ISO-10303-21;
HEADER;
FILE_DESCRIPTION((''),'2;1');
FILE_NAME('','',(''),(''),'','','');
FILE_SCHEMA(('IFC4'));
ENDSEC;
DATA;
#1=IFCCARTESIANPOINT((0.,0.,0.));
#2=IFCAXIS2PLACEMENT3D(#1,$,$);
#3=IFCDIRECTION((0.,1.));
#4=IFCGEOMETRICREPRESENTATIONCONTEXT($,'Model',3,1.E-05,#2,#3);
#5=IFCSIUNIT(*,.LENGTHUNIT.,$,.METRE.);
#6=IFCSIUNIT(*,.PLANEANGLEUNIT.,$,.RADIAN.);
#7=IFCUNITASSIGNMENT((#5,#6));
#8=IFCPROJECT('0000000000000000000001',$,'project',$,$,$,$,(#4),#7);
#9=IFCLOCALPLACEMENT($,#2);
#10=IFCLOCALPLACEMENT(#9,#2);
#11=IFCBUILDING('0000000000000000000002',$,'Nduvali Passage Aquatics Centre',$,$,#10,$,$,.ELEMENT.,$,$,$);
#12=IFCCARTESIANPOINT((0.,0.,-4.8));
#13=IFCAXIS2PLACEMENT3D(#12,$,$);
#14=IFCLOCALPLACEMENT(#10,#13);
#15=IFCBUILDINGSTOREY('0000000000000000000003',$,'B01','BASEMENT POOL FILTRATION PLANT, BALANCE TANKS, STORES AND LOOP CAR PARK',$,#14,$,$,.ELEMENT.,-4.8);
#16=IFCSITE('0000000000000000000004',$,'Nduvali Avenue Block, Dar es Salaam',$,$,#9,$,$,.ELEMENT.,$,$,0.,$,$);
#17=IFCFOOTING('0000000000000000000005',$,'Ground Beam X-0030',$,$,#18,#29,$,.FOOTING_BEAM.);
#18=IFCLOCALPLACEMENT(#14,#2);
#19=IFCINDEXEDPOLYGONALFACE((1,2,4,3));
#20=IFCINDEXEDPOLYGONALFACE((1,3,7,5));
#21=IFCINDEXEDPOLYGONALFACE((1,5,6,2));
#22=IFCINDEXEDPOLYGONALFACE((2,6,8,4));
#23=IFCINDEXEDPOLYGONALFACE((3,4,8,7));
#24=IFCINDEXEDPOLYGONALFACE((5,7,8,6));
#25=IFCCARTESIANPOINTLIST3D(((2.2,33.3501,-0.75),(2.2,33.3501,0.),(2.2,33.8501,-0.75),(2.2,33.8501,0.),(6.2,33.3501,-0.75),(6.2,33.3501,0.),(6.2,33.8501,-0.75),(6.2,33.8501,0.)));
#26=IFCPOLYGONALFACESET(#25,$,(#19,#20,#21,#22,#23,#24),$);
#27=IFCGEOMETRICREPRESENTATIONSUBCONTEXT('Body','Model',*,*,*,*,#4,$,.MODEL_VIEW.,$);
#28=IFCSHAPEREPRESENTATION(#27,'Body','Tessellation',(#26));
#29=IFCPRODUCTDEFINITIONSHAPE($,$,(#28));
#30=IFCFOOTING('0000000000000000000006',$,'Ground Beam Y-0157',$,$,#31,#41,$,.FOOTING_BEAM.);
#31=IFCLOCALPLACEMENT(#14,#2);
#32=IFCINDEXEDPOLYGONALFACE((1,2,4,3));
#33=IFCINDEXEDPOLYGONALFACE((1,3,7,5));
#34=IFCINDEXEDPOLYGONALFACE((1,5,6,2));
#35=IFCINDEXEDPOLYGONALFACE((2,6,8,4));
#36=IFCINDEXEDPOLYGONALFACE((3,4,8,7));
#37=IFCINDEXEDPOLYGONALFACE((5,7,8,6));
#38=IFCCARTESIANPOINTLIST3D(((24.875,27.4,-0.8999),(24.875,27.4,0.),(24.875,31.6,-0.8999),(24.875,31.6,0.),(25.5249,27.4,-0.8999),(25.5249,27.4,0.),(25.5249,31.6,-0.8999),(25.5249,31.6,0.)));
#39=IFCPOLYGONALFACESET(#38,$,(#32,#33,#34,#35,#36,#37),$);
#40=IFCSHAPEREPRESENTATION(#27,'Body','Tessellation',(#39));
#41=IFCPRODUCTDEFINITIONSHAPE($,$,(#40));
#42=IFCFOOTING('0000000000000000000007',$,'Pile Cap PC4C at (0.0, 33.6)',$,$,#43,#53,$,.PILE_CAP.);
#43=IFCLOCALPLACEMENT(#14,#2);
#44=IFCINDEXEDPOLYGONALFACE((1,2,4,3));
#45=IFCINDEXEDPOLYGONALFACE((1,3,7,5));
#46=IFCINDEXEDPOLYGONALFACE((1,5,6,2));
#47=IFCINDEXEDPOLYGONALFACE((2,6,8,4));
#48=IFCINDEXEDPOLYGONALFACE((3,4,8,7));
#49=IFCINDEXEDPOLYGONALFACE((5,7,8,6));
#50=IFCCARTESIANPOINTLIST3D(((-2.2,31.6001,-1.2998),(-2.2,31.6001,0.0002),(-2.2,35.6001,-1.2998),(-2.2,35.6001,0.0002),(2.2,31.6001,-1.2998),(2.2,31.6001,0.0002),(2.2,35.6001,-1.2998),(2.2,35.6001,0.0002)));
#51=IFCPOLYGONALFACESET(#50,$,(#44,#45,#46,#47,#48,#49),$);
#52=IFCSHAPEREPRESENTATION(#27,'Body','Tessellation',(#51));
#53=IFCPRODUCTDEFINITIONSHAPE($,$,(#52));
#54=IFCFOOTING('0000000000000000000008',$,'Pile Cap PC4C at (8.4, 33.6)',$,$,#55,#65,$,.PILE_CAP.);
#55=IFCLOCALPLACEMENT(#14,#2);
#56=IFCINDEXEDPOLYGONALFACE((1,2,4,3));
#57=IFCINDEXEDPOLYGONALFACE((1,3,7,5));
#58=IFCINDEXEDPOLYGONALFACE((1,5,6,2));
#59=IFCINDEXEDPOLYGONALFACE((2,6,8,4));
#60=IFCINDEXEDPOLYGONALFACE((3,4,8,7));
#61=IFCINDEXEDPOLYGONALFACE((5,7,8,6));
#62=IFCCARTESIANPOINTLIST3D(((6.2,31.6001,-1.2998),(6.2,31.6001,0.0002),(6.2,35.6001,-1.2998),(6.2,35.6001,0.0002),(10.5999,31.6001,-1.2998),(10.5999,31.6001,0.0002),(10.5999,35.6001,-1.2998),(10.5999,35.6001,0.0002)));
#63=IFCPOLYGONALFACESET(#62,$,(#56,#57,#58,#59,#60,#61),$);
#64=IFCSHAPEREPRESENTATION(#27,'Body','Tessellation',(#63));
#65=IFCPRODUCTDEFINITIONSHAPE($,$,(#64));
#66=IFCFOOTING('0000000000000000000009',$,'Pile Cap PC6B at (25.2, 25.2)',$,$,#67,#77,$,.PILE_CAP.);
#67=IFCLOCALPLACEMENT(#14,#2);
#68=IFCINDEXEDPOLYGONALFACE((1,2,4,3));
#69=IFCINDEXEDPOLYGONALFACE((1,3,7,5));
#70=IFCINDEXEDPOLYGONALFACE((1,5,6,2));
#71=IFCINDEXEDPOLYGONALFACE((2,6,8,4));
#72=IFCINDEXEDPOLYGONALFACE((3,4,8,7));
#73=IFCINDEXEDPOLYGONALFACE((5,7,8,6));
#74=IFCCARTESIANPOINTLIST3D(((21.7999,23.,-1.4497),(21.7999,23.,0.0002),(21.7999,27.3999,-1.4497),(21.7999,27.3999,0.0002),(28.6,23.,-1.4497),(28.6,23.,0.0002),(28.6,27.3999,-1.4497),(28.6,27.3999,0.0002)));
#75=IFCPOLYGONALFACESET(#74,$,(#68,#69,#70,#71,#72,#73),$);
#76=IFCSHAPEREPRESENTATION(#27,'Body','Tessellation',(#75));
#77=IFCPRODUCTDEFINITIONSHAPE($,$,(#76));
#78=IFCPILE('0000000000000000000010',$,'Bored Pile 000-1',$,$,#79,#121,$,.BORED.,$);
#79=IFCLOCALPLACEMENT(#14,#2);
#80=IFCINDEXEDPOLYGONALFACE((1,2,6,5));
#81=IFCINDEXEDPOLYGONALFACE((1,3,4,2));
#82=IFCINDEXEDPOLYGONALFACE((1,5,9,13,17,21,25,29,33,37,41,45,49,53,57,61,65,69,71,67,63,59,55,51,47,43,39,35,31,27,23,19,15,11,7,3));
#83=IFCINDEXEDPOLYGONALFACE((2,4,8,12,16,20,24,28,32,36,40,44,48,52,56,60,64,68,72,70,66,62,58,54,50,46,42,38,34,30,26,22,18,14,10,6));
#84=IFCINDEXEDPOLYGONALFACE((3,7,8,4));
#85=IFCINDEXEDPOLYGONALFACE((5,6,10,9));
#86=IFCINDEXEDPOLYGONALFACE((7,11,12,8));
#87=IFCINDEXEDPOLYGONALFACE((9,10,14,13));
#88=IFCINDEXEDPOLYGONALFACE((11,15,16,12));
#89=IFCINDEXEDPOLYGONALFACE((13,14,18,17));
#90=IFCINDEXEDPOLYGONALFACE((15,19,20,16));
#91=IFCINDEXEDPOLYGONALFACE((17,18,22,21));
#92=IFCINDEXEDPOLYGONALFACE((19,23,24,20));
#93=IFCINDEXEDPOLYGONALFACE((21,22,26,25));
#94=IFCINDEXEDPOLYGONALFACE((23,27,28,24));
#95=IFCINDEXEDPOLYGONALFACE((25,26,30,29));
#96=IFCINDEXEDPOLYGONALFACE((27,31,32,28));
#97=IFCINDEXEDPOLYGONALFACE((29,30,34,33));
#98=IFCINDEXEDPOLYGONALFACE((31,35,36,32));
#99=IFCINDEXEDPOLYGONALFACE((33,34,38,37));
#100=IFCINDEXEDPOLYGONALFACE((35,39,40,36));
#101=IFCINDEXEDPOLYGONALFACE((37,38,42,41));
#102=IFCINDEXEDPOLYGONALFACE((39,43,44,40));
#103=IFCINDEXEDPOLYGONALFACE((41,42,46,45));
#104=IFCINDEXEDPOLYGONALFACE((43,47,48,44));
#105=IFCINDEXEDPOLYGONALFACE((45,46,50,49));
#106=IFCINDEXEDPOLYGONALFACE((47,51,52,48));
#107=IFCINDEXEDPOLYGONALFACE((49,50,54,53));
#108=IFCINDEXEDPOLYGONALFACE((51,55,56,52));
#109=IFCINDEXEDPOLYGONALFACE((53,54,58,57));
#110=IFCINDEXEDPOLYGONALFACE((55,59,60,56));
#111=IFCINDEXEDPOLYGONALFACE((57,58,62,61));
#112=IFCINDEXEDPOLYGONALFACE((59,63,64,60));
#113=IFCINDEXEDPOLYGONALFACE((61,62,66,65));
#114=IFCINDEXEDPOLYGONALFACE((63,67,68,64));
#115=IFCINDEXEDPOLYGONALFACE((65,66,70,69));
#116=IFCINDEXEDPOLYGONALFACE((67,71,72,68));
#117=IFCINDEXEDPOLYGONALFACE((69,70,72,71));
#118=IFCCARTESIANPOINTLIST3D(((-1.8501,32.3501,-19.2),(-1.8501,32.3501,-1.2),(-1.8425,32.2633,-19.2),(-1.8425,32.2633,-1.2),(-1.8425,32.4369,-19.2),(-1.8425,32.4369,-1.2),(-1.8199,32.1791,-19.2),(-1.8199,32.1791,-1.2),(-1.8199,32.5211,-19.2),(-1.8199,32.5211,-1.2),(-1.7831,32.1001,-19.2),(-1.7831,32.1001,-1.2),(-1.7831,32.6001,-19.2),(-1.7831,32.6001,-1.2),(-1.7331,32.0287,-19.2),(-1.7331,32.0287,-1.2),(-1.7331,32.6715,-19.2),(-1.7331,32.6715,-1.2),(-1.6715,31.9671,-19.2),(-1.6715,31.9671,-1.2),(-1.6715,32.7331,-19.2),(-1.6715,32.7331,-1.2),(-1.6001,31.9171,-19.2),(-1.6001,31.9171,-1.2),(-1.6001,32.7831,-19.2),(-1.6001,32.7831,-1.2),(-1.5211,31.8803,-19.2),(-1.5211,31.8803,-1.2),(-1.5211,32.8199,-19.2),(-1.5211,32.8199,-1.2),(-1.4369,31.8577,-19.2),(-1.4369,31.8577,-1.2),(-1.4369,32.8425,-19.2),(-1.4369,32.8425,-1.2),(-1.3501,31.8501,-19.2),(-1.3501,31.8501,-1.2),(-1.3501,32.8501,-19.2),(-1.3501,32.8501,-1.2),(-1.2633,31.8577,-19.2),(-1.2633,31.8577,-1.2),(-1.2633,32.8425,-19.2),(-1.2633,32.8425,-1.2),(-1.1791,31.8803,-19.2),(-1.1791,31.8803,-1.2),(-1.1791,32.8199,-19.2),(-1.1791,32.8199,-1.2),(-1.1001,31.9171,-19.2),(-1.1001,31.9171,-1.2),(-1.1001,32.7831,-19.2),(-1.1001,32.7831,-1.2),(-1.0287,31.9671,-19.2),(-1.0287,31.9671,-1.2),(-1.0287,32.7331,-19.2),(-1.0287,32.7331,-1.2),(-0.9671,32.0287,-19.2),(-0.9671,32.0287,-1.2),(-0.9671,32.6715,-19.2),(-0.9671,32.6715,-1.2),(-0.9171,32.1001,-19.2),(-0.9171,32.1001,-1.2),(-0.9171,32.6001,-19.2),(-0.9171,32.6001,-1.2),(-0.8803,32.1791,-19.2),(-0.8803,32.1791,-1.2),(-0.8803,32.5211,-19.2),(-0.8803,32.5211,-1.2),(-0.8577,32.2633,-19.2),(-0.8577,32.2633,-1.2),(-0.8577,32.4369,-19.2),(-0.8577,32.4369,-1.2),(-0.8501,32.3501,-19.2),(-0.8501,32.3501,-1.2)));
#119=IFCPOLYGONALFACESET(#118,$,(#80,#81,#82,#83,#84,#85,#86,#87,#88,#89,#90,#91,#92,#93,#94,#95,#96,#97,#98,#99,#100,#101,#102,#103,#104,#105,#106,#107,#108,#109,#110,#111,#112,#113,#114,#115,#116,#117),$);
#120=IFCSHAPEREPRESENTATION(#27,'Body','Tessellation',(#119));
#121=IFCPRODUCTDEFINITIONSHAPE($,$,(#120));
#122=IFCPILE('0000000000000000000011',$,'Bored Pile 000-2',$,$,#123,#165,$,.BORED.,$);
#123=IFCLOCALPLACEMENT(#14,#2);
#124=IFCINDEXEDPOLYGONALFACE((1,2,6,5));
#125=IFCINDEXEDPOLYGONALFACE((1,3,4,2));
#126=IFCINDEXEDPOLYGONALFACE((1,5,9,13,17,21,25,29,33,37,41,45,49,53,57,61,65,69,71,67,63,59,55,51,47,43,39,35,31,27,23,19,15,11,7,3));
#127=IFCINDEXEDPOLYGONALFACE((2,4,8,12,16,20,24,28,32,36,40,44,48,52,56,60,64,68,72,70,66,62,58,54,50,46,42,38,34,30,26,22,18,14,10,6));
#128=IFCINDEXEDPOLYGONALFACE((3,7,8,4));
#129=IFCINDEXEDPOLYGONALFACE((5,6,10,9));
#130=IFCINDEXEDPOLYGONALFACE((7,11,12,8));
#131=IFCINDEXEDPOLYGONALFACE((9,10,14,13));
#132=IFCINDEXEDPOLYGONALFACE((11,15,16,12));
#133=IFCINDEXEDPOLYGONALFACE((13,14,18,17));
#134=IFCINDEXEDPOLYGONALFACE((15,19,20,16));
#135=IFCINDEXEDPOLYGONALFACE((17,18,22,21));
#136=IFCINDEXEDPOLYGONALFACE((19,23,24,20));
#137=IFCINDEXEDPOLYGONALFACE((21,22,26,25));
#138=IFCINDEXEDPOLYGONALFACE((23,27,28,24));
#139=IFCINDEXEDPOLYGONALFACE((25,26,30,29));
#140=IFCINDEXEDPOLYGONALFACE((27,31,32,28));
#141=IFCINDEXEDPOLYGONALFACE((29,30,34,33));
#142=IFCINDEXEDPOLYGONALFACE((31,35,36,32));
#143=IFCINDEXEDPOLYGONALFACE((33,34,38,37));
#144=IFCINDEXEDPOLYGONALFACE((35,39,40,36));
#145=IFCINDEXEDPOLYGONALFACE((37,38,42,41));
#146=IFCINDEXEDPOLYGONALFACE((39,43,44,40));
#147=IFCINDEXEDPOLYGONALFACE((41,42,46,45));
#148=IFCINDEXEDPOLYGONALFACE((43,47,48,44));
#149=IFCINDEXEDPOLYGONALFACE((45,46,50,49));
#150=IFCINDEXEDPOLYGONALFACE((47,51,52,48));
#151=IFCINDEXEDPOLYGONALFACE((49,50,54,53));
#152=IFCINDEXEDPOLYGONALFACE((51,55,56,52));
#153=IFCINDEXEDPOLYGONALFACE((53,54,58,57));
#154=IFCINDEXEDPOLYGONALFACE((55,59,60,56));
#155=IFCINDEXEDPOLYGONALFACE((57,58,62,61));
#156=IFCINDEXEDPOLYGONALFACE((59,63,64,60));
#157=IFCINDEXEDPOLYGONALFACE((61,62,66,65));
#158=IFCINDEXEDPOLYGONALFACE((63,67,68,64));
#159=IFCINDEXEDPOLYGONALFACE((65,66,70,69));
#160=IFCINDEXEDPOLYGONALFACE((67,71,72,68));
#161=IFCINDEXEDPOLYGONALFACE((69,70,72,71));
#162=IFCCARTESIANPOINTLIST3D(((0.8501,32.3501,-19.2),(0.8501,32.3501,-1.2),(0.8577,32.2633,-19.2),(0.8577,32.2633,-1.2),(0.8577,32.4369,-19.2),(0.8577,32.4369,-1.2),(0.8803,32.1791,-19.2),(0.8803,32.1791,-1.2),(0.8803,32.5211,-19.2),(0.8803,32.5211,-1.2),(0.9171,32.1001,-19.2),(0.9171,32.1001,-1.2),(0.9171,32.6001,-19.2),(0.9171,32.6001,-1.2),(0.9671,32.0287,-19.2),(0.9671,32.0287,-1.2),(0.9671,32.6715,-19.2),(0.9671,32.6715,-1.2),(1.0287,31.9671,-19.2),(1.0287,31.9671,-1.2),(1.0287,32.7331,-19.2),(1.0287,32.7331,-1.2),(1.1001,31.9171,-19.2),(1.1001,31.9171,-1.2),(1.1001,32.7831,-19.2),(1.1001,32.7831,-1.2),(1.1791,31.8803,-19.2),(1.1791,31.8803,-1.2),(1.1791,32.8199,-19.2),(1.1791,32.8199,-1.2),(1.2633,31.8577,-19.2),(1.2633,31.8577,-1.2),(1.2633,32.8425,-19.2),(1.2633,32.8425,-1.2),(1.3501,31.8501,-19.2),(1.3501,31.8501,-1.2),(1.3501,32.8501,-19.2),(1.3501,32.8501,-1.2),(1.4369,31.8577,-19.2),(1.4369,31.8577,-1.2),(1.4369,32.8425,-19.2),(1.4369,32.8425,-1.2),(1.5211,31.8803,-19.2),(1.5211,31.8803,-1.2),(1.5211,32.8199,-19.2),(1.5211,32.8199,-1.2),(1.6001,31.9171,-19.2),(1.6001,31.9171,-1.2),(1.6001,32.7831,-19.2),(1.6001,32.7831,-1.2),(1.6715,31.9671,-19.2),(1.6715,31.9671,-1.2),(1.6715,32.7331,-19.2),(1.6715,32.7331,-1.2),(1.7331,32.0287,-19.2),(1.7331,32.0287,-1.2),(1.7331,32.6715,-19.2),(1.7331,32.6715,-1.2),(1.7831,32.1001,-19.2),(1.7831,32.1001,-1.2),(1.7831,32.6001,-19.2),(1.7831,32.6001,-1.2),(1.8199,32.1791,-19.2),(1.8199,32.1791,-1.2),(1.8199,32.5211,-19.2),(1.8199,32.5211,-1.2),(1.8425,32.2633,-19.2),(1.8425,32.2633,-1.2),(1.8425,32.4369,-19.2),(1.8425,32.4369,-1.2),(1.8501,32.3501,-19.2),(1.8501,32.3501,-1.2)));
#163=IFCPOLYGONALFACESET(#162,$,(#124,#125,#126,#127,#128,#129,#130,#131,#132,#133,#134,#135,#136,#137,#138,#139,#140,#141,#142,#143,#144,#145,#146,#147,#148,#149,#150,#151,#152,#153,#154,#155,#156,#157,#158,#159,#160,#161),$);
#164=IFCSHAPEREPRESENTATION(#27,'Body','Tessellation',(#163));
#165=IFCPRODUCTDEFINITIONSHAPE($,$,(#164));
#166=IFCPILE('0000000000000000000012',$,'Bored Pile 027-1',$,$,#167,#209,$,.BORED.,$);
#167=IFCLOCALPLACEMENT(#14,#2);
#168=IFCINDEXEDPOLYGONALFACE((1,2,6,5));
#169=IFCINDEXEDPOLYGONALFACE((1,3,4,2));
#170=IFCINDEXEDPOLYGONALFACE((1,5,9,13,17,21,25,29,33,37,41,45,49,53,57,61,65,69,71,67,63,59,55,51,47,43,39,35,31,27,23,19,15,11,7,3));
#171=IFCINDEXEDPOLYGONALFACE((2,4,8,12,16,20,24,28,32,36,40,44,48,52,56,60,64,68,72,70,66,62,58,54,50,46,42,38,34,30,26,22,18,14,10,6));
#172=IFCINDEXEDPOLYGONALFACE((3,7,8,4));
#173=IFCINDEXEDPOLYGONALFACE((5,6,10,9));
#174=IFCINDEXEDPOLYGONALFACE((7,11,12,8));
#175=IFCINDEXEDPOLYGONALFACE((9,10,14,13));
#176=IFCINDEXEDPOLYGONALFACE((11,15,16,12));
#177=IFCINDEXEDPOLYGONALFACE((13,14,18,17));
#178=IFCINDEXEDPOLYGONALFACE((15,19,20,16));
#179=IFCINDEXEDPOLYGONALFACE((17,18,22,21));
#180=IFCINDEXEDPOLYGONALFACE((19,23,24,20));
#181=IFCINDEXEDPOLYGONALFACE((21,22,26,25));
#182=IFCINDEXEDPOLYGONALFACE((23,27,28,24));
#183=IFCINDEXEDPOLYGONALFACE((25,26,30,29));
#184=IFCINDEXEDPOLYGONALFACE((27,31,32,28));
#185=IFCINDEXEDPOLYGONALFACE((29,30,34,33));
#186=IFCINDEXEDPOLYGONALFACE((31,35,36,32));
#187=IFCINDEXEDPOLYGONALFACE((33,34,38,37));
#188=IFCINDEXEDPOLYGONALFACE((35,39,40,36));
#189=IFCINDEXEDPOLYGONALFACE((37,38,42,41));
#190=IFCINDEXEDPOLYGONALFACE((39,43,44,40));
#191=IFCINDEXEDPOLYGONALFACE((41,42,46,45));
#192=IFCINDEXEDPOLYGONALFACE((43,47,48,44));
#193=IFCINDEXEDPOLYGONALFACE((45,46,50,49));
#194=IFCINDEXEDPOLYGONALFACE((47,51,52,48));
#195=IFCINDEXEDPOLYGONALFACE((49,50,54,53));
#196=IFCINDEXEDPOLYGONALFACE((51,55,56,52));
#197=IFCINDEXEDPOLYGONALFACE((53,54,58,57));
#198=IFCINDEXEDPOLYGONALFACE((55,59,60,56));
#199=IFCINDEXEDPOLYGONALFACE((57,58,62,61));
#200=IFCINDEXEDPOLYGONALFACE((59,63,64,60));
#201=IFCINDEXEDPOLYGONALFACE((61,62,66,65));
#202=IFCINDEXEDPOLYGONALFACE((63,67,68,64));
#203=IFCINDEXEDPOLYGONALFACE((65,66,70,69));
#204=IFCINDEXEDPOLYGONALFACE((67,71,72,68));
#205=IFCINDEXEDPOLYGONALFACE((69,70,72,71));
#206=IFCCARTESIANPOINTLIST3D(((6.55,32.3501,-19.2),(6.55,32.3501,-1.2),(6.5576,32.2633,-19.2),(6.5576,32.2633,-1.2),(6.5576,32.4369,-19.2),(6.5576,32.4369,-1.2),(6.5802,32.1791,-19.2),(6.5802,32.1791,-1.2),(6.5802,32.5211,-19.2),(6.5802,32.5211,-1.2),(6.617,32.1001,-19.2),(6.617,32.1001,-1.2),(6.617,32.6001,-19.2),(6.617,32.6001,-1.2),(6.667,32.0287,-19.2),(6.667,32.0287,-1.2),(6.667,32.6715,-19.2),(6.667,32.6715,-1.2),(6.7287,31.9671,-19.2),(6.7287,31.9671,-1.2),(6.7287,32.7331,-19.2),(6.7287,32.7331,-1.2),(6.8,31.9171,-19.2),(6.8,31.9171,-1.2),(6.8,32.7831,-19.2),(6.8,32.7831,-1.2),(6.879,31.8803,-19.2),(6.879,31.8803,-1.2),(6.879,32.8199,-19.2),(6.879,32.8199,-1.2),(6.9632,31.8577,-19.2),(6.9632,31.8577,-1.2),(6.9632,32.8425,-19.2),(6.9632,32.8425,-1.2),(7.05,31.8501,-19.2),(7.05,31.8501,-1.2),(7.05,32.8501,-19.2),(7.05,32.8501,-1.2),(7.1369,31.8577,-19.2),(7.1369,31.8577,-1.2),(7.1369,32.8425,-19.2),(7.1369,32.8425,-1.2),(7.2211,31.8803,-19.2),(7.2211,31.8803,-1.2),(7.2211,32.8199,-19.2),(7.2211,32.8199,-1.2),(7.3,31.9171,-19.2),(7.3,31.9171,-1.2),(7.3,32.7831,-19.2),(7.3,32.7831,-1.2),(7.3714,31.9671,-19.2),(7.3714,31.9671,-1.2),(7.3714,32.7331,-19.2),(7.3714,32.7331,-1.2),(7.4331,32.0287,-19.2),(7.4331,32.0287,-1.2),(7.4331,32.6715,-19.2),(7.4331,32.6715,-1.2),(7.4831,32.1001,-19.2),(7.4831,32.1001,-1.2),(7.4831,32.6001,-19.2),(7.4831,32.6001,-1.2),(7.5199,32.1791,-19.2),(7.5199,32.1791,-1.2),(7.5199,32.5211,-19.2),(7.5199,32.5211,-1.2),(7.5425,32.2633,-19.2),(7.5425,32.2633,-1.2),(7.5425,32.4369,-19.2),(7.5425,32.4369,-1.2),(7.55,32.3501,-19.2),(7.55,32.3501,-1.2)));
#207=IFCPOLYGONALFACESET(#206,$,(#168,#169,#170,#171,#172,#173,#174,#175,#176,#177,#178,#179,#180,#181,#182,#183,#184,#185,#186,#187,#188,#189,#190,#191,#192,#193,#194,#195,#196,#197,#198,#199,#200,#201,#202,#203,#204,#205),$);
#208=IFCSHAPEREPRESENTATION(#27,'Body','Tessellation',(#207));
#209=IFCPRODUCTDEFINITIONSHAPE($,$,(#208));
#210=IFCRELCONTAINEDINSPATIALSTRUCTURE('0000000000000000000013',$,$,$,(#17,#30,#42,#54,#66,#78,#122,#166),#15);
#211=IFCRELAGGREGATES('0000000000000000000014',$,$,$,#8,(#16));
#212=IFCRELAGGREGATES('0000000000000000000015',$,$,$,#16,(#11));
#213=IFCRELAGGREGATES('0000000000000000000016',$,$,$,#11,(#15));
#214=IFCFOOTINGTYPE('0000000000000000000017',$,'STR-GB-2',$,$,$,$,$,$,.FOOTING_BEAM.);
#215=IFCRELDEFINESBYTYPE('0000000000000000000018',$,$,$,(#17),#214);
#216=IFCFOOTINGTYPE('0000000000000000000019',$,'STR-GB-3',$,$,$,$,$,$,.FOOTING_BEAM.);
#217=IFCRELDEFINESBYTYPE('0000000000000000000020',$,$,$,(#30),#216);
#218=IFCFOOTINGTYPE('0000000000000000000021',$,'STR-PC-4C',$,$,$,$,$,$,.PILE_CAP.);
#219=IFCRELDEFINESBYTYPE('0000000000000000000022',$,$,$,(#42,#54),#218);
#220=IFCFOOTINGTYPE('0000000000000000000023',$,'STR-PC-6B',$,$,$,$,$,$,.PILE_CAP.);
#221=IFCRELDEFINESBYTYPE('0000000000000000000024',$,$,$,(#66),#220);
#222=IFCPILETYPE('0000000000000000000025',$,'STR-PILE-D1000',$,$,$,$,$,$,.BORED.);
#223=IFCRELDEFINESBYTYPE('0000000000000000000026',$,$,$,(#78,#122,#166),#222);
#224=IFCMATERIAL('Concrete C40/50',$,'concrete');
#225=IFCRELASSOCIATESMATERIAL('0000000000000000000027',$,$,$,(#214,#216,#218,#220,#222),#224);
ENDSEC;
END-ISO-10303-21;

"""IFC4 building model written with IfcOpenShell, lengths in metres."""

from ifc_helpers import new_model, si_unit, direction, frame, origin, origin_2d, place, context, subcontext, project, spatial, rectangle, circle, extrude, material, material_profile, profile_set, type_object, element, save


model = new_model("IFC4")

# Units and contexts
model_context = context("Model", 3, precision=1e-05, world=origin(), true_north=direction((0.0, 1.0)))
body_context = subcontext(model_context, "Body", "Model", "MODEL_VIEW")
ifc_project = project(units=[si_unit("LENGTHUNIT", "METRE"), si_unit("PLANEANGLEUNIT", "RADIAN")], contexts=[model_context])

# Site, building, storey
site_placement = place(None, origin())
site = spatial("IfcSite", under=ifc_project, at=site_placement, Name="Nduvali Avenue Block, Dar es Salaam", CompositionType="ELEMENT", RefElevation=0.0)
building_placement = place(site_placement, origin())
building = spatial("IfcBuilding", under=site, at=building_placement, Name="Nduvali Passage Aquatics Centre", CompositionType="ELEMENT")
storey_placement = place(building_placement, frame((0.0, 0.0, -4.8)))
storey = spatial("IfcBuildingStorey", under=building, at=storey_placement, Name="B01", Description="BASEMENT POOL FILTRATION PLANT, BALANCE TANKS, STORES AND LOOP CAR PARK", CompositionType="ELEMENT", Elevation=-4.8)

# Footings
ifc_material_1 = material(Name="Concrete C40/50", Category="concrete")
footing_type_1 = type_object("IfcFootingType", Name="STR-GB-2", PredefinedType="FOOTING_BEAM", material=ifc_material_1)
footing_1_placement = place(storey_placement, frame((4.2, 33.6001, -0.75), z_axis=(0.0, 0.0, 1.0), x_axis=(1.0, 0.0, 0.0)))
element("IfcFooting", 1, at=footing_1_placement, inside=storey, type_object=footing_type_1, Name="Ground Beam X-0030", PredefinedType="FOOTING_BEAM", context=body_context, shape_type="SweptSolid", body=[
    extrude(rectangle(XDim=4.0, YDim=0.5, at=origin_2d()), origin(), (0.0, 0.0, 1.0), 0.75),
])
footing_type_2 = type_object("IfcFootingType", Name="STR-GB-3", PredefinedType="FOOTING_BEAM", material=ifc_material_1)
footing_2_placement = place(storey_placement, frame((25.2, 29.5, -0.8999), z_axis=(0.0, 0.0, 1.0), x_axis=(0.0, 1.0, 0.0)))
element("IfcFooting", 2, at=footing_2_placement, inside=storey, type_object=footing_type_2, Name="Ground Beam Y-0157", PredefinedType="FOOTING_BEAM", context=body_context, shape_type="SweptSolid", body=[
    extrude(rectangle(XDim=4.2, YDim=0.6499, at=origin_2d()), origin(), (0.0, 0.0, 1.0), 0.8999),
])
footing_type_3 = type_object("IfcFootingType", Name="STR-PC-4C", PredefinedType="PILE_CAP", material=ifc_material_1)
for number, where, z_axis, x_axis, name in (
    (3, (0.0, 33.6001, -1.2998), (0.0, 0.0, 1.0), (1.0, 0.0, 0.0), "Pile Cap PC4C at (0.0, 33.6)"),
    (4, (8.3999, 33.6001, -1.2998), (0.0, 0.0, 1.0), (1.0, 0.0, 0.0), "Pile Cap PC4C at (8.4, 33.6)"),
):
    element("IfcFooting", number, at=place(storey_placement, frame(where, z_axis=z_axis, x_axis=x_axis)), inside=storey, type_object=footing_type_3, Name=name, PredefinedType="PILE_CAP", context=body_context, shape_type="SweptSolid", body=[
        extrude(rectangle(XDim=4.3999, YDim=4.0, at=origin_2d()), origin(), (0.0, 0.0, 1.0), 1.3),
    ])
footing_type_4 = type_object("IfcFootingType", Name="STR-PC-6B", PredefinedType="PILE_CAP", material=ifc_material_1)
footing_3_placement = place(storey_placement, frame((25.2, 25.2, -1.4497), z_axis=(0.0, 0.0, 1.0), x_axis=(1.0, 0.0, 0.0)))
element("IfcFooting", 5, at=footing_3_placement, inside=storey, type_object=footing_type_4, Name="Pile Cap PC6B at (25.2, 25.2)", PredefinedType="PILE_CAP", context=body_context, shape_type="SweptSolid", body=[
    extrude(rectangle(XDim=6.8, YDim=4.3999, at=origin_2d()), origin(), (0.0, 0.0, 1.0), 1.45),
])

# Piles
ifc_material_profile_1 = material_profile(ifc_material_1, circle(Radius=0.5, at=origin_2d()), Name="PILE D1000")
ifc_profile_set_1 = profile_set([ifc_material_profile_1], Name="Concrete C40/50")
pile_type_1 = type_object("IfcPileType", Name="STR-PILE-D1000", PredefinedType="BORED", material=ifc_profile_set_1)
for number, where, z_axis, x_axis, name in (
    (6, (-1.3501, 32.3501, -1.2), (0.0, 0.0, -1.0), (1.0, 0.0, 0.0), "Bored Pile 000-1"),
    (7, (1.3501, 32.3501, -1.2), (0.0, 0.0, -1.0), (1.0, 0.0, 0.0), "Bored Pile 000-2"),
    (8, (7.05, 32.3501, -1.2), (0.0, 0.0, -1.0), (1.0, 0.0, 0.0), "Bored Pile 027-1"),
):
    element("IfcPile", number, at=place(storey_placement, frame(where, z_axis=z_axis, x_axis=x_axis)), inside=storey, type_object=pile_type_1, Name=name, PredefinedType="BORED", context=body_context, shape_type="SweptSolid", body=[
        extrude(circle(Radius=0.5, at=origin_2d()), origin(), (0.0, 0.0, 1.0), 18.0),
    ])

save(model, "model.ifc")
